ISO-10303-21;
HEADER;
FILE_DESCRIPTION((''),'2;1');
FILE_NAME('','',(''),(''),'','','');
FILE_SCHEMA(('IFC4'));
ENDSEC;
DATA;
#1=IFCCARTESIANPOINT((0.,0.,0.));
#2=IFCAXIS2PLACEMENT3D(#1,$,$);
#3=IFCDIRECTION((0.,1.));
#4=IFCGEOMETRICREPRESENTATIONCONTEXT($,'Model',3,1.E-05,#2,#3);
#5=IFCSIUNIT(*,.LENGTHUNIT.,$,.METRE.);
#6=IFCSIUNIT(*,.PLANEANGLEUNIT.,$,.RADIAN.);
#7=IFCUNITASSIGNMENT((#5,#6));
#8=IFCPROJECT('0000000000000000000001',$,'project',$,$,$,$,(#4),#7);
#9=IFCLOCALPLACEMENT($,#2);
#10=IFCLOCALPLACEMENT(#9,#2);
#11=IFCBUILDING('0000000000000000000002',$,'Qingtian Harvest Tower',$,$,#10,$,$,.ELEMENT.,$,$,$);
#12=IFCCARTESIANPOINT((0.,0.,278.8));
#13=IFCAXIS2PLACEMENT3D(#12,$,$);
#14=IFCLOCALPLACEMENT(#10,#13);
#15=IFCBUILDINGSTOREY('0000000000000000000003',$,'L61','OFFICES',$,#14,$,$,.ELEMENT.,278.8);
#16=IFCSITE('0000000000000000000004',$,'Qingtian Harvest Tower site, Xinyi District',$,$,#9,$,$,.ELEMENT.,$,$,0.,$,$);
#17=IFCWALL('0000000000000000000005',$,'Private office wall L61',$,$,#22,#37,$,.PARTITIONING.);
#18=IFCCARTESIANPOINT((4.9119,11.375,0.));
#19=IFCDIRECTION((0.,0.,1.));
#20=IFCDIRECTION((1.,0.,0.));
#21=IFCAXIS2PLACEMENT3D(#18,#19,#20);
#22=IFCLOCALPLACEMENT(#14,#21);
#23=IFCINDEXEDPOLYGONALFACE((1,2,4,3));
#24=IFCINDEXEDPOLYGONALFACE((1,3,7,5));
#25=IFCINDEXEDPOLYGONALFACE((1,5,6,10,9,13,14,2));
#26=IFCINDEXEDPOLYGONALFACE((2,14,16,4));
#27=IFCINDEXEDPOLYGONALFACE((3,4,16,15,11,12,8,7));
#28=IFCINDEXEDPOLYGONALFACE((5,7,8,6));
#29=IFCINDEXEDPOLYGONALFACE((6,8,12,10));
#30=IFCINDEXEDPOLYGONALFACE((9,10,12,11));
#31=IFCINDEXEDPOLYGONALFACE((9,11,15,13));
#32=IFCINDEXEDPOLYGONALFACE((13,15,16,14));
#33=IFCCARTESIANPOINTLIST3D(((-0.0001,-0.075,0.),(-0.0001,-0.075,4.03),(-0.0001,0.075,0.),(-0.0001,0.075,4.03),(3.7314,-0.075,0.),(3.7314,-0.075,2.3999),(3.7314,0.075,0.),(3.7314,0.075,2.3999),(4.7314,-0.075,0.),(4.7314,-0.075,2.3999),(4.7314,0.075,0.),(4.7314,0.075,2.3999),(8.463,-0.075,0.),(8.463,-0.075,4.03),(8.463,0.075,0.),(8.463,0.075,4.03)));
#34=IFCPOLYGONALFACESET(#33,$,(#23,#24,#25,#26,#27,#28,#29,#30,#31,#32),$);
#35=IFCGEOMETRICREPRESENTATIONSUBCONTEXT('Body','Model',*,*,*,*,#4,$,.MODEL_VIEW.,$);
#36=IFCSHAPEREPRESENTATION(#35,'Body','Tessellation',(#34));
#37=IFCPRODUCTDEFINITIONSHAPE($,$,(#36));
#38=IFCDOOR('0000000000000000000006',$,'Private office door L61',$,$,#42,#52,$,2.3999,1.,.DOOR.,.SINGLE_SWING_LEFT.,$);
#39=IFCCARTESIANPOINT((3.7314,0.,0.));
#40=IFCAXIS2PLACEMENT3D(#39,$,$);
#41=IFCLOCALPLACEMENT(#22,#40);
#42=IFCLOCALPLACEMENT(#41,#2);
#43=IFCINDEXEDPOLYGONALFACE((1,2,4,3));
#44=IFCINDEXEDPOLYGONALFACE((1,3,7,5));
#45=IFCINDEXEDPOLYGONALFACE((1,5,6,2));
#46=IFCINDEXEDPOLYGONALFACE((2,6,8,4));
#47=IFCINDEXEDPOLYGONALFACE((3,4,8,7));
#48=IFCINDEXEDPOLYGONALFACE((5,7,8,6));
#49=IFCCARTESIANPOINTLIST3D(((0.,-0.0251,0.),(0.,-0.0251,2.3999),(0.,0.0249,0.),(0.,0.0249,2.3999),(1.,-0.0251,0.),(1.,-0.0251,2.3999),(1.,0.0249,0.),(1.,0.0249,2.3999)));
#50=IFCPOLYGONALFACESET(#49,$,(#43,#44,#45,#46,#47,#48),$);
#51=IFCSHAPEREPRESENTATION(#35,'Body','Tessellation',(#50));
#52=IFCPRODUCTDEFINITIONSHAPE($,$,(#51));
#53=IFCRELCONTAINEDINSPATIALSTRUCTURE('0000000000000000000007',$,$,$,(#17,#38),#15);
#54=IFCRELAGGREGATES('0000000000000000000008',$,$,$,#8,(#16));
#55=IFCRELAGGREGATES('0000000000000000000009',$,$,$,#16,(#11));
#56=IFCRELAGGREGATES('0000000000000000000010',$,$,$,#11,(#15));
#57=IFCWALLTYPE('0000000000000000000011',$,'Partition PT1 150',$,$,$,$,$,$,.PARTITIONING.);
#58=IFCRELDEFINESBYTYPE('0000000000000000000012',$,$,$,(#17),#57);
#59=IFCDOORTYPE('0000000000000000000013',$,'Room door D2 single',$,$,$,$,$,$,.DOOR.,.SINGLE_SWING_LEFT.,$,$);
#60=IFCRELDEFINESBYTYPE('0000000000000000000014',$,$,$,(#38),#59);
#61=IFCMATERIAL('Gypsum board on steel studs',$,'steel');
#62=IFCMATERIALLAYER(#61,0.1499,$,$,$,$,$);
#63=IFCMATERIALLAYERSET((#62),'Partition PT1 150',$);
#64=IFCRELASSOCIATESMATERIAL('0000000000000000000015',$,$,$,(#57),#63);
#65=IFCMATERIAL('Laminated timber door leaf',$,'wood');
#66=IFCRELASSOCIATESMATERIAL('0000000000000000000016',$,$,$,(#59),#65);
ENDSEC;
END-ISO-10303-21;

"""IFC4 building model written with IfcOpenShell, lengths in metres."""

from ifc_helpers import new_model, si_unit, direction, frame, frame_2d, origin, place, context, subcontext, project, spatial, rectangle, extrude, material, layer, layer_set, type_object, element, fill, save


model = new_model("IFC4")

# Units and contexts
model_context = context("Model", 3, precision=1e-05, world=origin(), true_north=direction((0.0, 1.0)))
body_context = subcontext(model_context, "Body", "Model", "MODEL_VIEW")
ifc_project = project(units=[si_unit("LENGTHUNIT", "METRE"), si_unit("PLANEANGLEUNIT", "RADIAN")], contexts=[model_context])

# Site, building, storey
site_placement = place(None, origin())
site = spatial("IfcSite", under=ifc_project, at=site_placement, Name="Qingtian Harvest Tower site, Xinyi District", CompositionType="ELEMENT", RefElevation=0.0)
building_placement = place(site_placement, origin())
building = spatial("IfcBuilding", under=site, at=building_placement, Name="Qingtian Harvest Tower", CompositionType="ELEMENT")
storey_placement = place(building_placement, frame((0.0, 0.0, 278.8)))
storey = spatial("IfcBuildingStorey", under=building, at=storey_placement, Name="L61", Description="OFFICES", CompositionType="ELEMENT", Elevation=278.8)

# Shared definitions
ifc_material_1 = material(Name="Gypsum board on steel studs", Category="steel")
ifc_layer_1 = layer(ifc_material_1, 0.1499)
ifc_layer_set_1 = layer_set([ifc_layer_1], Name="Partition PT1 150")
wall_type_1 = type_object("IfcWallType", Name="Partition PT1 150", PredefinedType="PARTITIONING", material=ifc_layer_set_1)

# Shared definitions
ifc_material_2 = material(Name="Laminated timber door leaf", Category="wood")
door_type = type_object("IfcDoorType", Name="Room door D2 single", OperationType="SINGLE_SWING_LEFT", PredefinedType="DOOR", material=ifc_material_2)

# Wall, opening, door
wall_1_placement = place(storey_placement, frame((4.9119, 11.375, 0.0), z_axis=(0.0, 0.0, 1.0), x_axis=(1.0, 0.0, 0.0)))
wall_1 = element("IfcWall", 1, at=wall_1_placement, inside=storey, type_object=wall_type_1, Name="Private office wall L61", PredefinedType="PARTITIONING", context=body_context, shape_type="SweptSolid", body=[
    extrude(rectangle(XDim=8.4631, YDim=0.1499, at=frame_2d((4.2314, 0.0))), origin(), (0.0, 0.0, 1.0), 4.03),
])
opening_1_placement = place(wall_1_placement, frame((3.7314, 0.0, 0.0)))
opening_1 = element("IfcOpeningElement", 2, at=opening_1_placement, cuts=wall_1, PredefinedType="OPENING", context=body_context, shape_type="SweptSolid", body=[
    extrude(rectangle(XDim=1.0, YDim=2.3999, at=frame_2d((0.5, 1.2))), frame((0.0, 0.085, 0.0), z_axis=(0.0, -1.0, 0.0), x_axis=(1.0, 0.0, 0.0)), (0.0, 0.0, 1.0), 0.1699),
])
door_1_placement = place(opening_1_placement, origin())
door_1 = element("IfcDoor", 3, at=door_1_placement, inside=storey, type_object=door_type, Name="Private office door L61", OperationType="SINGLE_SWING_LEFT", OverallHeight=2.3999, OverallWidth=1.0, PredefinedType="DOOR", context=body_context, shape_type="SweptSolid", body=[
    extrude(rectangle(XDim=1.0, YDim=2.3999, at=frame_2d((0.5, 1.2))), frame((0.0, 0.0249, 0.0), z_axis=(0.0, -1.0, 0.0), x_axis=(1.0, 0.0, 0.0)), (0.0, 0.0, 1.0), 0.05),
])
fill(opening_1, door_1)

save(model, "model.ifc")
